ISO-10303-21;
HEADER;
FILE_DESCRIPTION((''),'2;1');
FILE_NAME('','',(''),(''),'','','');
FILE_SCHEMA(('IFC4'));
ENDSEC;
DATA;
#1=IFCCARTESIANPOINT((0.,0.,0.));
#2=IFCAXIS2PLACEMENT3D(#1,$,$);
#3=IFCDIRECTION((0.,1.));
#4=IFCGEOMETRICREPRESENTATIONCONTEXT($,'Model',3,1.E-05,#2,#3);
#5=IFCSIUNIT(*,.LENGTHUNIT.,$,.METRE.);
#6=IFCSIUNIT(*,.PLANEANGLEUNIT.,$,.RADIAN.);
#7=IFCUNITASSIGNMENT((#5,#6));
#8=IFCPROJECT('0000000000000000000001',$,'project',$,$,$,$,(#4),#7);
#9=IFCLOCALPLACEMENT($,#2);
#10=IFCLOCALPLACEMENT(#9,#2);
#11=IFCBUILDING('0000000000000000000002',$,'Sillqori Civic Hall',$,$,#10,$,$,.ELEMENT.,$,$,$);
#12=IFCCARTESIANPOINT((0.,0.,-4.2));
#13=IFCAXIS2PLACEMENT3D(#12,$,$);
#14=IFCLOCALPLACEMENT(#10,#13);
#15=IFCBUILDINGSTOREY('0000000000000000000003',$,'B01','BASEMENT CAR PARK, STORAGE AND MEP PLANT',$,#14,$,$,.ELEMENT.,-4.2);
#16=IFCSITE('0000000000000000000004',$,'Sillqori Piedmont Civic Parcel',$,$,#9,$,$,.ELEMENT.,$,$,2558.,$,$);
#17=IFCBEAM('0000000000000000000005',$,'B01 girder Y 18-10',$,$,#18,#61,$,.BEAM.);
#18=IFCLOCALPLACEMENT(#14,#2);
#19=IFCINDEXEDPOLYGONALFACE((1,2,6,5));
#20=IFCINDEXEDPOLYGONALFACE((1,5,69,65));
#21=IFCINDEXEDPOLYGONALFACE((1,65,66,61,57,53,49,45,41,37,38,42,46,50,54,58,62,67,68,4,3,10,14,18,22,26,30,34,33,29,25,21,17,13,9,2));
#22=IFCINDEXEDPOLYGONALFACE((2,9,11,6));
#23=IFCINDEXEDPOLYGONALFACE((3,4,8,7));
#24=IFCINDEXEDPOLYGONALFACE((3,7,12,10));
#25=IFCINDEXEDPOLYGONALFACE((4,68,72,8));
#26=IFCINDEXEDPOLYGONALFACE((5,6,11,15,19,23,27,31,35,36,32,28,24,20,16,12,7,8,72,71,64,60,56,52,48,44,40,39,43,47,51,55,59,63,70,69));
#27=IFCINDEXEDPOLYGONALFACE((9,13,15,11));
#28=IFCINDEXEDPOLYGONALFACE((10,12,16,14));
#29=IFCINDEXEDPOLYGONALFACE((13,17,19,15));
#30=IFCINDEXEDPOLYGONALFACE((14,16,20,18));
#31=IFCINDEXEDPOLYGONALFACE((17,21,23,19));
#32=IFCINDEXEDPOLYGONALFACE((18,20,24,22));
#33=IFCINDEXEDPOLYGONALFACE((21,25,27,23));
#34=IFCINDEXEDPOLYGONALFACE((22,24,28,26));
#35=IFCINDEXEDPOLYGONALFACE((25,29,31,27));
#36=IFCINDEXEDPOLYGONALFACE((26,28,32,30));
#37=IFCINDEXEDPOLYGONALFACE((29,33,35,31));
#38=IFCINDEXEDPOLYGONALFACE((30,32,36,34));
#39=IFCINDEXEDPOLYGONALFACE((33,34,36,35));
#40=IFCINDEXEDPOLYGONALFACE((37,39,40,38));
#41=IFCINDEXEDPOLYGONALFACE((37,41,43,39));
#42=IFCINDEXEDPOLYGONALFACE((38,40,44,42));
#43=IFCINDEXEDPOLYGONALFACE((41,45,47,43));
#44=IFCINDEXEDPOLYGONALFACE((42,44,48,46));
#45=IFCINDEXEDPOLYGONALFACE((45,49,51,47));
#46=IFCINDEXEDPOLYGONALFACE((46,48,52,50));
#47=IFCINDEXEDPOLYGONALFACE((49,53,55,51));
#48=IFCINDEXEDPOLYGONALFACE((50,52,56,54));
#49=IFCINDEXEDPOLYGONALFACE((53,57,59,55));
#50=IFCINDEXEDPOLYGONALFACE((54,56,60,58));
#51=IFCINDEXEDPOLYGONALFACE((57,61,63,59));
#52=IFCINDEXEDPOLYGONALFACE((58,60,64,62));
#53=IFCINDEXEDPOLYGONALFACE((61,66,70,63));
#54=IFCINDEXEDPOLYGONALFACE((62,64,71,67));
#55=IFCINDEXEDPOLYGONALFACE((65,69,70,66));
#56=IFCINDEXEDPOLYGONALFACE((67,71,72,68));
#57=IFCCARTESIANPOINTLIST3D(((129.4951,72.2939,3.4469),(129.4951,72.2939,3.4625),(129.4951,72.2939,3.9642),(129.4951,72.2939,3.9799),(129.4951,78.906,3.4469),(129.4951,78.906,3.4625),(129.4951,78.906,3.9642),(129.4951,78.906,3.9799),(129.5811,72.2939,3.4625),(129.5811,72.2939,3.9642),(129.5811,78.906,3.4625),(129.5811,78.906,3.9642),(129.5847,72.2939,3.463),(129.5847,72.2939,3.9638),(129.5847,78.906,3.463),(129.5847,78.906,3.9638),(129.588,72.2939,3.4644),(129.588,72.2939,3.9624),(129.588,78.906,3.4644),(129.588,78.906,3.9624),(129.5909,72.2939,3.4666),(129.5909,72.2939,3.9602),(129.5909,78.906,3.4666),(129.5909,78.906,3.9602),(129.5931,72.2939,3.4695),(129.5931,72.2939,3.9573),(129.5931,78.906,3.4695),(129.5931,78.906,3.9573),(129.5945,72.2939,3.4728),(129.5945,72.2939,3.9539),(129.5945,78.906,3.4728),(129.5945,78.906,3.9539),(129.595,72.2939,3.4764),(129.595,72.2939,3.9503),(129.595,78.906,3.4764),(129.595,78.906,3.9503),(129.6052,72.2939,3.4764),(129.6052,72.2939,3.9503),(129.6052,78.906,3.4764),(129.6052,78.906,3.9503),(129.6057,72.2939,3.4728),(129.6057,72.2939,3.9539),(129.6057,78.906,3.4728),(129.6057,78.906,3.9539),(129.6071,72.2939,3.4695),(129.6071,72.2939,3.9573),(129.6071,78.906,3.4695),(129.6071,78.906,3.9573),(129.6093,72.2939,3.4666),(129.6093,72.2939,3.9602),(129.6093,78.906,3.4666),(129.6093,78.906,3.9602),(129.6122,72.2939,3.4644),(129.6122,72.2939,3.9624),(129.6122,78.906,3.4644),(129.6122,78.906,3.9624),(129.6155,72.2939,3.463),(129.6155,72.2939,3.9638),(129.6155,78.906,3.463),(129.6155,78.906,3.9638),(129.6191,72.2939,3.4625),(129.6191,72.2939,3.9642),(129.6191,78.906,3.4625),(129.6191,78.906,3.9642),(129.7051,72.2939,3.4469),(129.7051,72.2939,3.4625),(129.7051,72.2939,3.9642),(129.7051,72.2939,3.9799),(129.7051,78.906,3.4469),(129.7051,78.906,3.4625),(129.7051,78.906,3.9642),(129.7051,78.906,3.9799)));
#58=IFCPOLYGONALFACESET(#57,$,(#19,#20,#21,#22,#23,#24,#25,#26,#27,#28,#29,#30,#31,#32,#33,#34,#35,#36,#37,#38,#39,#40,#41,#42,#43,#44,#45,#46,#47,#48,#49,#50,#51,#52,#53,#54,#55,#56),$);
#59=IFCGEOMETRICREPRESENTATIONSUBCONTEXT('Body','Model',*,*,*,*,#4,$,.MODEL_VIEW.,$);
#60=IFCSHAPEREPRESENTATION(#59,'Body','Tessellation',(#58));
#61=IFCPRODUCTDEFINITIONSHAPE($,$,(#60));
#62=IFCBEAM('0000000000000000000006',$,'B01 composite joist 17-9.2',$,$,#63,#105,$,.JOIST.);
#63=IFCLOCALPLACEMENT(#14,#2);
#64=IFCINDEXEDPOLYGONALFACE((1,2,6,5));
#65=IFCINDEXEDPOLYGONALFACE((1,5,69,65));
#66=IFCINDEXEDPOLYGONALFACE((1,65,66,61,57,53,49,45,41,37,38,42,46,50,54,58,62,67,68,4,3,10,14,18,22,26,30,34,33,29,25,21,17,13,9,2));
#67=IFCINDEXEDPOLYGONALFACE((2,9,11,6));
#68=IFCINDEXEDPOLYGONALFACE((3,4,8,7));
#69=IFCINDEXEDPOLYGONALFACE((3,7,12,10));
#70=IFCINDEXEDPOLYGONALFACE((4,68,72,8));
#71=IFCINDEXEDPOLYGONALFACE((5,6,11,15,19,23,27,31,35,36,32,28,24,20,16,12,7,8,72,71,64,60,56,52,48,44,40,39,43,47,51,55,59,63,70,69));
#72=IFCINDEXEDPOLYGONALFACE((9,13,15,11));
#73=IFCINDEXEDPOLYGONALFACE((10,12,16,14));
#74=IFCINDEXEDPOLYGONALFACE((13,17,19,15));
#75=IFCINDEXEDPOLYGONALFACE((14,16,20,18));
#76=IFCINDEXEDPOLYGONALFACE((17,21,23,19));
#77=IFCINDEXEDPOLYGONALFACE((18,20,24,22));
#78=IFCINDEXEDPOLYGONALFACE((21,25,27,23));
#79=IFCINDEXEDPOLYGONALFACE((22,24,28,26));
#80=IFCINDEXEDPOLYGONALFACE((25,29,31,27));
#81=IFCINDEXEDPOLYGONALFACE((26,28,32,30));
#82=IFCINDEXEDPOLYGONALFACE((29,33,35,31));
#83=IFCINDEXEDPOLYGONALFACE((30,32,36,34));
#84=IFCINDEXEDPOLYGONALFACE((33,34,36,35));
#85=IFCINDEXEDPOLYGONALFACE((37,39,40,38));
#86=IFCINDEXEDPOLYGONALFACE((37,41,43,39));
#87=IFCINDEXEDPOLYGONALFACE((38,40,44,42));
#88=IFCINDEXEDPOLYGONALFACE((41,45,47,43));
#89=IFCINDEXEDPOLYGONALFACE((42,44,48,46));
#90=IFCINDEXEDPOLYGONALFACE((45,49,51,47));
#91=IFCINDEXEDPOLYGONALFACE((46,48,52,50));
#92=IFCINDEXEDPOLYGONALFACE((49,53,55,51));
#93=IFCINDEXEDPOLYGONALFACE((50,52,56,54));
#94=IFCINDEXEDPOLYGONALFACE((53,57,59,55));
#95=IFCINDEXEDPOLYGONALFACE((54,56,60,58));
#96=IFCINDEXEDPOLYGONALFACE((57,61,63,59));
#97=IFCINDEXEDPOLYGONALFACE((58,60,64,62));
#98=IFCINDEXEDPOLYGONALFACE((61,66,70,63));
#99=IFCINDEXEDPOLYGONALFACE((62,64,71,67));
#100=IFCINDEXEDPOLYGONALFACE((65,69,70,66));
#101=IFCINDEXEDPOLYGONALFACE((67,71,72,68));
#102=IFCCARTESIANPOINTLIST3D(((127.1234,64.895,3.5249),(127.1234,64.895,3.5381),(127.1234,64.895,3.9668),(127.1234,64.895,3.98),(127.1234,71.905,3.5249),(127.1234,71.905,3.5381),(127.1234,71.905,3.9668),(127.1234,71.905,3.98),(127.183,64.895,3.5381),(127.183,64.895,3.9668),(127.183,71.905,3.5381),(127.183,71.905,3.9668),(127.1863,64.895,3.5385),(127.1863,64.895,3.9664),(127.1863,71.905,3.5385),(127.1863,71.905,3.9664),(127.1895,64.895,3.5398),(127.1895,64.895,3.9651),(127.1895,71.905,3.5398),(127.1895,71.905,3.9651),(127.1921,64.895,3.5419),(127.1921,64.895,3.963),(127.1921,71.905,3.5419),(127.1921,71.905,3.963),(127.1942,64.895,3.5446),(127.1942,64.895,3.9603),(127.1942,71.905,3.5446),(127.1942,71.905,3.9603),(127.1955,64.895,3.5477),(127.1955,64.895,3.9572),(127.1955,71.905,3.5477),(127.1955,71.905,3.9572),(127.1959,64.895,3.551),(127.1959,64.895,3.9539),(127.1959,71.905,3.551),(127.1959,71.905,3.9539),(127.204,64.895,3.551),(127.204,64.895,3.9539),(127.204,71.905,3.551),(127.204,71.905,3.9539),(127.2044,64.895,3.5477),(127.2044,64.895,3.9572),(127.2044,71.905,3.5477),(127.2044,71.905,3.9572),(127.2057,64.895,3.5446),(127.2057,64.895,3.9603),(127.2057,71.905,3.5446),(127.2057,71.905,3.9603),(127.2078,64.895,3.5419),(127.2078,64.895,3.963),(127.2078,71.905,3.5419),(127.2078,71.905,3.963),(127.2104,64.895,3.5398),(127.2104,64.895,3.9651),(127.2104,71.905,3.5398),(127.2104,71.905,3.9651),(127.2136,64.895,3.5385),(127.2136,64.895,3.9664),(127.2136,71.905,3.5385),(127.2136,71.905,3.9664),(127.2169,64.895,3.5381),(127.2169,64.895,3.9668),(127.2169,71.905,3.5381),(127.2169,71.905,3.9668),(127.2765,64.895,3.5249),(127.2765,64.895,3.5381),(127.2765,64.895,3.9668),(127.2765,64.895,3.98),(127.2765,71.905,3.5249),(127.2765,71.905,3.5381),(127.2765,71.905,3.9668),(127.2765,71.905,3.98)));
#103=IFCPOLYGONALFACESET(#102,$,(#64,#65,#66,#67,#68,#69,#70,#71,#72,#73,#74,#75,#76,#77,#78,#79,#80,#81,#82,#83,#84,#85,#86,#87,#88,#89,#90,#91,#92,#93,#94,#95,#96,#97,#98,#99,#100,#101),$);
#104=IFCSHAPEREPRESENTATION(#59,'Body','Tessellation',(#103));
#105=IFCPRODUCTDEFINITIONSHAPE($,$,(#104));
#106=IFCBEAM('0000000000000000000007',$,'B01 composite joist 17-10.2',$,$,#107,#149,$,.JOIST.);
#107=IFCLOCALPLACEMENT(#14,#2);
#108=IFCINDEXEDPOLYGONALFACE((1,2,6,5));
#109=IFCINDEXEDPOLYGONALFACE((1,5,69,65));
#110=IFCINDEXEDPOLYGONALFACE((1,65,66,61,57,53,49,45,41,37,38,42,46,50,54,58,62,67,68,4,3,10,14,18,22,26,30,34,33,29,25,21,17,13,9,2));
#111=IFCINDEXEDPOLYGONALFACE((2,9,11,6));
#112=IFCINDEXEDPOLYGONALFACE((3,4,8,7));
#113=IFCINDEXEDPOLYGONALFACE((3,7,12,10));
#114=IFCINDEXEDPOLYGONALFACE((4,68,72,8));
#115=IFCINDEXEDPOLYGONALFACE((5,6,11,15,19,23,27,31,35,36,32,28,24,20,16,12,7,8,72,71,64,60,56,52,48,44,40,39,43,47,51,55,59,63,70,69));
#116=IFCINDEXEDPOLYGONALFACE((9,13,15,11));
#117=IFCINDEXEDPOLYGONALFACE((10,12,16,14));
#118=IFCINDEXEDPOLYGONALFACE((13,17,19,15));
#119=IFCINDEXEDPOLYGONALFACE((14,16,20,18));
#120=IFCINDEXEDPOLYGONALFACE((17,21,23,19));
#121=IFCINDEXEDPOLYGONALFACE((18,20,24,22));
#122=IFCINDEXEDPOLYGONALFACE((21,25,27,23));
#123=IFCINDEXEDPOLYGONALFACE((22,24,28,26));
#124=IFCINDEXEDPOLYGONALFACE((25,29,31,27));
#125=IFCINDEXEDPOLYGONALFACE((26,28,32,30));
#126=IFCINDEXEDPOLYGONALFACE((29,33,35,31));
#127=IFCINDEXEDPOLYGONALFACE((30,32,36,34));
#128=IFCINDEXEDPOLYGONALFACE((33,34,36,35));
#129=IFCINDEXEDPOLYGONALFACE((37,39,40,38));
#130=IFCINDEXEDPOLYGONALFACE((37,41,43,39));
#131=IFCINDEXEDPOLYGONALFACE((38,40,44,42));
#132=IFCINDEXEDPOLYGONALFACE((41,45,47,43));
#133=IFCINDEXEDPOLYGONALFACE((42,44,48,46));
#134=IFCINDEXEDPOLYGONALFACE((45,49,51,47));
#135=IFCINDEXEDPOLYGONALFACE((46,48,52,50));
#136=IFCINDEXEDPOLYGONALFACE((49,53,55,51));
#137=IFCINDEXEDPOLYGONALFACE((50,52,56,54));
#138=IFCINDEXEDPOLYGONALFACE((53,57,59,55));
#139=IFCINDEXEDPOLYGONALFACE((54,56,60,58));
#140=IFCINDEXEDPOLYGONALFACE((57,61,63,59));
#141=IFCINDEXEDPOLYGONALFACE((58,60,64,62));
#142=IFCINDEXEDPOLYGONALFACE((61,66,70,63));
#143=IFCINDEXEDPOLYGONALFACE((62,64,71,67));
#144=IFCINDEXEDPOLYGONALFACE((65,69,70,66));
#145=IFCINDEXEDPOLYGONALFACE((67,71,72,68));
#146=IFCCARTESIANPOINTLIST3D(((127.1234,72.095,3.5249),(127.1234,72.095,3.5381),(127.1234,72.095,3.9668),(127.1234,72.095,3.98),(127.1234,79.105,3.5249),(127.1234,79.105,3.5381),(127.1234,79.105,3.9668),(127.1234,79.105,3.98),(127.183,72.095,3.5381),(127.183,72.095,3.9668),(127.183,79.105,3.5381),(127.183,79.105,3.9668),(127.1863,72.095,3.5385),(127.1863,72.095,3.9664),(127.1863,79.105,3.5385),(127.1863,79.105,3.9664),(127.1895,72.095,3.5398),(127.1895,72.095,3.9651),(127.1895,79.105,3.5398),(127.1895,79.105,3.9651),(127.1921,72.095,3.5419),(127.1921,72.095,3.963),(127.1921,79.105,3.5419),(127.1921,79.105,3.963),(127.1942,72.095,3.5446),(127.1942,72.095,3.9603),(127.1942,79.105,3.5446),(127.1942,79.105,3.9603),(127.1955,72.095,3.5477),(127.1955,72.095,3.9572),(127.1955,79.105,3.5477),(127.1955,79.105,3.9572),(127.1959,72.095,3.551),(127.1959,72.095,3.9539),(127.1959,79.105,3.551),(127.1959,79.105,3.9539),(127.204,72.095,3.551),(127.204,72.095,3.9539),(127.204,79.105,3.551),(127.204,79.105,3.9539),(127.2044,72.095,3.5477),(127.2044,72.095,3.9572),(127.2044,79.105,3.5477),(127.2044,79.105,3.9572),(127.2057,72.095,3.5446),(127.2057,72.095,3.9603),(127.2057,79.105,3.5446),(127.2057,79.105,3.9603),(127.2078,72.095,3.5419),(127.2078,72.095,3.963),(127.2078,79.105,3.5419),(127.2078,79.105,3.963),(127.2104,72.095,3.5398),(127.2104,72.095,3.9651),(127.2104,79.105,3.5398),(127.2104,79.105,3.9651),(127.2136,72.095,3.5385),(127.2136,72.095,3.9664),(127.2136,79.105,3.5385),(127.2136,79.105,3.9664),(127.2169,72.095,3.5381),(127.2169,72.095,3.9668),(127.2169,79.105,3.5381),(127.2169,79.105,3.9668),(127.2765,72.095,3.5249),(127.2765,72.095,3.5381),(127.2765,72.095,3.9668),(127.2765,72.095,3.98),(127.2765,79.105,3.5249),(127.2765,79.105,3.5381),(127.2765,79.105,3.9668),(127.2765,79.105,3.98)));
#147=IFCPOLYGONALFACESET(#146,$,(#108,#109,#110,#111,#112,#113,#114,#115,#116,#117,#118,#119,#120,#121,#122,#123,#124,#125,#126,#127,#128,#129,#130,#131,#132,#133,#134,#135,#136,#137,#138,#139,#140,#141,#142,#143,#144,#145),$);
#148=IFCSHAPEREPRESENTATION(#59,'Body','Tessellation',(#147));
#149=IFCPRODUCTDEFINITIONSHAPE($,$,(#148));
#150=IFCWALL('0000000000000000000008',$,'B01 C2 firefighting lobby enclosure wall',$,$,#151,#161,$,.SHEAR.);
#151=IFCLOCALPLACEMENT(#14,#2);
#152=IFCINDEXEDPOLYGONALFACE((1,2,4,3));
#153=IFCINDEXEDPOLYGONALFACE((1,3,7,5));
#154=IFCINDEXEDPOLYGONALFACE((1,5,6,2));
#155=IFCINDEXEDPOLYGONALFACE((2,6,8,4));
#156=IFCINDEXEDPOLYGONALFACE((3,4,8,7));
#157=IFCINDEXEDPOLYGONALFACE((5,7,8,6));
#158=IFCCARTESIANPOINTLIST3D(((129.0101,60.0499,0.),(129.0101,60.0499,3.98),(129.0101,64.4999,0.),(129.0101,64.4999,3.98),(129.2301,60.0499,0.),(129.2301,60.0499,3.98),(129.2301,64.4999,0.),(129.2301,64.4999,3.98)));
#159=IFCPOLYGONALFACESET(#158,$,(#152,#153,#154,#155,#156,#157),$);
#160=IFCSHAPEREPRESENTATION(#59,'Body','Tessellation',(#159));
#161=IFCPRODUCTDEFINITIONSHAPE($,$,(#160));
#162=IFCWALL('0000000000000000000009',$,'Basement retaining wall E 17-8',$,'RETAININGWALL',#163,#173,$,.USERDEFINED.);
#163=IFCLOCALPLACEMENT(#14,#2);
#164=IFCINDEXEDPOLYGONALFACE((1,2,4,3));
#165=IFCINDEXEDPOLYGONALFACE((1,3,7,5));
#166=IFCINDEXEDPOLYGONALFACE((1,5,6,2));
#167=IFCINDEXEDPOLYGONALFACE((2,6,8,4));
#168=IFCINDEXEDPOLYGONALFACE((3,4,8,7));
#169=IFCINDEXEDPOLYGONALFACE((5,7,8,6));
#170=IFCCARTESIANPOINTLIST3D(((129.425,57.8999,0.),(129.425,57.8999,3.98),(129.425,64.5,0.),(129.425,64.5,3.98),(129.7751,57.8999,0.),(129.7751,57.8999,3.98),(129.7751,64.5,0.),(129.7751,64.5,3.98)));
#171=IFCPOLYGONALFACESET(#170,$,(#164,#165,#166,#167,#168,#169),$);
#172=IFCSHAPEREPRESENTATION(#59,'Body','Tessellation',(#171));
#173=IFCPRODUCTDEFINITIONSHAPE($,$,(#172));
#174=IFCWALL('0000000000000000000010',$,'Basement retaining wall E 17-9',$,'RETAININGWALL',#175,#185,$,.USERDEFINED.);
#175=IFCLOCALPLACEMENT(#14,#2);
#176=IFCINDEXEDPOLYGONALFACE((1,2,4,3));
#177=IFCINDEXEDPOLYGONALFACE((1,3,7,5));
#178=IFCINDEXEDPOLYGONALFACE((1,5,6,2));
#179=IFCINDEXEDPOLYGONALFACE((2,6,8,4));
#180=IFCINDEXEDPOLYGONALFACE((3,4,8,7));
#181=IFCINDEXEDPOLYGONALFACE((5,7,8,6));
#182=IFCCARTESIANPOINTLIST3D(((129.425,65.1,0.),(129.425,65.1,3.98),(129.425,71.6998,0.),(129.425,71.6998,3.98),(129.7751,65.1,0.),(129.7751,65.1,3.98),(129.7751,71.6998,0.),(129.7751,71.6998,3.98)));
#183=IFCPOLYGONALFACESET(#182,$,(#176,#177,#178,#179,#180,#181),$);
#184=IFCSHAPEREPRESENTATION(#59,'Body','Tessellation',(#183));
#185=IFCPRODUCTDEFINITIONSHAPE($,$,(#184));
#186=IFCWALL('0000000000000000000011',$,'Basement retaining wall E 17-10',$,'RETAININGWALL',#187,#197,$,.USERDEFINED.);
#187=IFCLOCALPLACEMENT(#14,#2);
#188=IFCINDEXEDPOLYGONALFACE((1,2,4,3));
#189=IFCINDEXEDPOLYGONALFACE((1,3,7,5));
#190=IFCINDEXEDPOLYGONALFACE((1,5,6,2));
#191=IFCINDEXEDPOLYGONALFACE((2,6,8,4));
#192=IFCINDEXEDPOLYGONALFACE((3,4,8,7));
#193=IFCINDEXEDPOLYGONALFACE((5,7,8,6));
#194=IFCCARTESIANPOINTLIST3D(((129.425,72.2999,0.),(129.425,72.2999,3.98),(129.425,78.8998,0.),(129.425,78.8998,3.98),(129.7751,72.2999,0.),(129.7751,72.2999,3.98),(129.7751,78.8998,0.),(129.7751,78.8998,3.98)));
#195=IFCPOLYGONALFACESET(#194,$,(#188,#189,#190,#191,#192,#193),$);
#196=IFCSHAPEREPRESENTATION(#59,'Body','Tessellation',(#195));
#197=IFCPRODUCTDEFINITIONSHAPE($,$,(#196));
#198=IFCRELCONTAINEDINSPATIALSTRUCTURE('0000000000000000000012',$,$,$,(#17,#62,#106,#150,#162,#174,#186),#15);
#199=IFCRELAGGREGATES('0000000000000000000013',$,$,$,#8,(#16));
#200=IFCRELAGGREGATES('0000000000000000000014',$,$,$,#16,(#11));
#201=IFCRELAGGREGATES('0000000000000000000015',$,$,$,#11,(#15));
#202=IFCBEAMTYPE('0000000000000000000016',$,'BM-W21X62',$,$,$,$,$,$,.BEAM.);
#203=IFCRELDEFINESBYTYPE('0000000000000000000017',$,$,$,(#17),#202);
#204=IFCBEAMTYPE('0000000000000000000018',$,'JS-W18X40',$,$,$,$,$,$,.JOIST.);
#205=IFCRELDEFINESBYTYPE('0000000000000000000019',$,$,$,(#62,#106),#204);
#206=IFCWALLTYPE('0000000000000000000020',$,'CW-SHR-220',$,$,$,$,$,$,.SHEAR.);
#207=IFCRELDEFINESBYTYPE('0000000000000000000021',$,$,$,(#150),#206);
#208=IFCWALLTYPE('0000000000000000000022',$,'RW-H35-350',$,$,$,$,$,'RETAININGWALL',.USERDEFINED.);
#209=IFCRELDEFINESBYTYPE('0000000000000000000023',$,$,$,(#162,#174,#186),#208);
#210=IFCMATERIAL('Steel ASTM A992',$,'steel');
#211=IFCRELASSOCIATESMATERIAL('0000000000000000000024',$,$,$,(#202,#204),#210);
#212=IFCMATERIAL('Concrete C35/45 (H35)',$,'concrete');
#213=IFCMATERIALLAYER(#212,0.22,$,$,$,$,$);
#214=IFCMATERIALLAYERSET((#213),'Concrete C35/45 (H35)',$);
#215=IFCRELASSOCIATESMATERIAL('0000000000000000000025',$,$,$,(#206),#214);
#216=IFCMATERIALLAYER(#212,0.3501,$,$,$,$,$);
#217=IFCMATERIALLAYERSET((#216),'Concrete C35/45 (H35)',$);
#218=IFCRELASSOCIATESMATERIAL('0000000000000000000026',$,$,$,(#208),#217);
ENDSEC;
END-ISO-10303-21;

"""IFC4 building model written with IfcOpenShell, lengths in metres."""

from ifc_helpers import new_model, si_unit, direction, frame, frame_2d, origin, origin_2d, place, context, subcontext, project, spatial, rectangle, i_section, extrude, material, layer, layer_set, material_profile, profile_set, type_object, element, save


model = new_model("IFC4")

# Units and contexts
model_context = context("Model", 3, precision=1e-05, world=origin(), true_north=direction((0.0, 1.0)))
body_context = subcontext(model_context, "Body", "Model", "MODEL_VIEW")
ifc_project = project(units=[si_unit("LENGTHUNIT", "METRE"), si_unit("PLANEANGLEUNIT", "RADIAN")], contexts=[model_context])

# Site, building, storey
site_placement = place(None, origin())
site = spatial("IfcSite", under=ifc_project, at=site_placement, Name="Sillqori Piedmont Civic Parcel", CompositionType="ELEMENT", RefElevation=2558.0)
building_placement = place(site_placement, origin())
building = spatial("IfcBuilding", under=site, at=building_placement, Name="Sillqori Civic Hall", CompositionType="ELEMENT")
storey_placement = place(building_placement, frame((0.0, 0.0, -4.2)))
storey = spatial("IfcBuildingStorey", under=building, at=storey_placement, Name="B01", Description="BASEMENT CAR PARK, STORAGE AND MEP PLANT", CompositionType="ELEMENT", Elevation=-4.2)

# Shared definitions
ifc_material_1 = material(Name="Concrete C35/45 (H35)", Category="concrete")

# Beams
ifc_material_2 = material(Name="Steel ASTM A992", Category="steel")
ifc_material_profile_1 = material_profile(ifc_material_2, i_section(OverallWidth=0.21, OverallDepth=0.533, WebThickness=0.0103, FlangeThickness=0.0156, FilletRadius=0.0139, at=origin_2d()), Name="W21X62")
ifc_profile_set_1 = profile_set([ifc_material_profile_1], Name="Steel ASTM A992")
beam_type_1 = type_object("IfcBeamType", Name="BM-W21X62", PredefinedType="BEAM", material=ifc_profile_set_1)
for number, where, z_axis, x_axis, name in (
    (1, (129.6001, 72.2939, 3.7134), (0.0, 1.0, 0.0), (-1.0, 0.0, 0.0), "B01 girder Y 18-10"),
):
    element("IfcBeam", number, at=place(storey_placement, frame(where, z_axis=z_axis, x_axis=x_axis)), inside=storey, type_object=beam_type_1, Name=name, PredefinedType="BEAM", context=body_context, shape_type="SweptSolid", body=[
        extrude(i_section(OverallWidth=0.21, OverallDepth=0.533, WebThickness=0.0103, FlangeThickness=0.0156, FilletRadius=0.0139, at=origin_2d()), origin(), (0.0, 0.0, 1.0), 6.6121),
    ])
ifc_material_profile_2 = material_profile(ifc_material_2, i_section(OverallWidth=0.1531, OverallDepth=0.4551, WebThickness=0.0081, FlangeThickness=0.0132, FilletRadius=0.0129, at=origin_2d()), Name="W18X40")
ifc_profile_set_2 = profile_set([ifc_material_profile_2], Name="Steel ASTM A992")
beam_type_2 = type_object("IfcBeamType", Name="JS-W18X40", PredefinedType="JOIST", material=ifc_profile_set_2)
for number, where, z_axis, x_axis, name in (
    (2, (127.2, 64.895, 3.7524), (0.0, 1.0, 0.0), (-1.0, 0.0, 0.0), "B01 composite joist 17-9.2"),
    (3, (127.2, 72.095, 3.7524), (0.0, 1.0, 0.0), (-1.0, 0.0, 0.0), "B01 composite joist 17-10.2"),
):
    element("IfcBeam", number, at=place(storey_placement, frame(where, z_axis=z_axis, x_axis=x_axis)), inside=storey, type_object=beam_type_2, Name=name, PredefinedType="JOIST", context=body_context, shape_type="SweptSolid", body=[
        extrude(i_section(OverallWidth=0.1531, OverallDepth=0.4551, WebThickness=0.0081, FlangeThickness=0.0132, FilletRadius=0.0129, at=origin_2d()), origin(), (0.0, 0.0, 1.0), 7.01),
    ])

# Walls
ifc_layer_1 = layer(ifc_material_1, 0.22)
ifc_layer_set_1 = layer_set([ifc_layer_1], Name="Concrete C35/45 (H35)")
wall_type_1 = type_object("IfcWallType", Name="CW-SHR-220", PredefinedType="SHEAR", material=ifc_layer_set_1)
wall_1_placement = place(storey_placement, frame((129.1201, 64.5, 0.0), z_axis=(0.0, 0.0, 1.0), x_axis=(0.0, -1.0, 0.0)))
element("IfcWall", 4, at=wall_1_placement, inside=storey, type_object=wall_type_1, Name="B01 C2 firefighting lobby enclosure wall", PredefinedType="SHEAR", context=body_context, shape_type="SweptSolid", body=[
    extrude(rectangle(XDim=4.45, YDim=0.22, at=frame_2d((2.2251, 0.0))), origin(), (0.0, 0.0, 1.0), 3.98),
])
ifc_layer_2 = layer(ifc_material_1, 0.3501)
ifc_layer_set_2 = layer_set([ifc_layer_2], Name="Concrete C35/45 (H35)")
wall_type_2 = type_object("IfcWallType", Name="RW-H35-350", ElementType="RETAININGWALL", PredefinedType="USERDEFINED", material=ifc_layer_set_2)
wall_2_placement = place(storey_placement, frame((129.6001, 57.8999, 0.0), z_axis=(0.0, 0.0, 1.0), x_axis=(0.0, 1.0, 0.0)))
element("IfcWall", 5, at=wall_2_placement, inside=storey, type_object=wall_type_2, Name="Basement retaining wall E 17-8", ObjectType="RETAININGWALL", PredefinedType="USERDEFINED", context=body_context, shape_type="SweptSolid", body=[
    extrude(rectangle(XDim=6.6001, YDim=0.3501, at=frame_2d((3.3, 0.0))), origin(), (0.0, 0.0, 1.0), 3.98),
])
for number, where, z_axis, x_axis, name in (
    (6, (129.6001, 65.1001, 0.0), (0.0, 0.0, 1.0), (0.0, 1.0, 0.0), "Basement retaining wall E 17-9"),
    (7, (129.6001, 72.3, 0.0), (0.0, 0.0, 1.0), (0.0, 1.0, 0.0), "Basement retaining wall E 17-10"),
):
    element("IfcWall", number, at=place(storey_placement, frame(where, z_axis=z_axis, x_axis=x_axis)), inside=storey, type_object=wall_type_2, Name=name, ObjectType="RETAININGWALL", PredefinedType="USERDEFINED", context=body_context, shape_type="SweptSolid", body=[
        extrude(rectangle(XDim=6.5999, YDim=0.3501, at=frame_2d((3.2998, 0.0))), origin(), (0.0, 0.0, 1.0), 3.98),
    ])

save(model, "model.ifc")
